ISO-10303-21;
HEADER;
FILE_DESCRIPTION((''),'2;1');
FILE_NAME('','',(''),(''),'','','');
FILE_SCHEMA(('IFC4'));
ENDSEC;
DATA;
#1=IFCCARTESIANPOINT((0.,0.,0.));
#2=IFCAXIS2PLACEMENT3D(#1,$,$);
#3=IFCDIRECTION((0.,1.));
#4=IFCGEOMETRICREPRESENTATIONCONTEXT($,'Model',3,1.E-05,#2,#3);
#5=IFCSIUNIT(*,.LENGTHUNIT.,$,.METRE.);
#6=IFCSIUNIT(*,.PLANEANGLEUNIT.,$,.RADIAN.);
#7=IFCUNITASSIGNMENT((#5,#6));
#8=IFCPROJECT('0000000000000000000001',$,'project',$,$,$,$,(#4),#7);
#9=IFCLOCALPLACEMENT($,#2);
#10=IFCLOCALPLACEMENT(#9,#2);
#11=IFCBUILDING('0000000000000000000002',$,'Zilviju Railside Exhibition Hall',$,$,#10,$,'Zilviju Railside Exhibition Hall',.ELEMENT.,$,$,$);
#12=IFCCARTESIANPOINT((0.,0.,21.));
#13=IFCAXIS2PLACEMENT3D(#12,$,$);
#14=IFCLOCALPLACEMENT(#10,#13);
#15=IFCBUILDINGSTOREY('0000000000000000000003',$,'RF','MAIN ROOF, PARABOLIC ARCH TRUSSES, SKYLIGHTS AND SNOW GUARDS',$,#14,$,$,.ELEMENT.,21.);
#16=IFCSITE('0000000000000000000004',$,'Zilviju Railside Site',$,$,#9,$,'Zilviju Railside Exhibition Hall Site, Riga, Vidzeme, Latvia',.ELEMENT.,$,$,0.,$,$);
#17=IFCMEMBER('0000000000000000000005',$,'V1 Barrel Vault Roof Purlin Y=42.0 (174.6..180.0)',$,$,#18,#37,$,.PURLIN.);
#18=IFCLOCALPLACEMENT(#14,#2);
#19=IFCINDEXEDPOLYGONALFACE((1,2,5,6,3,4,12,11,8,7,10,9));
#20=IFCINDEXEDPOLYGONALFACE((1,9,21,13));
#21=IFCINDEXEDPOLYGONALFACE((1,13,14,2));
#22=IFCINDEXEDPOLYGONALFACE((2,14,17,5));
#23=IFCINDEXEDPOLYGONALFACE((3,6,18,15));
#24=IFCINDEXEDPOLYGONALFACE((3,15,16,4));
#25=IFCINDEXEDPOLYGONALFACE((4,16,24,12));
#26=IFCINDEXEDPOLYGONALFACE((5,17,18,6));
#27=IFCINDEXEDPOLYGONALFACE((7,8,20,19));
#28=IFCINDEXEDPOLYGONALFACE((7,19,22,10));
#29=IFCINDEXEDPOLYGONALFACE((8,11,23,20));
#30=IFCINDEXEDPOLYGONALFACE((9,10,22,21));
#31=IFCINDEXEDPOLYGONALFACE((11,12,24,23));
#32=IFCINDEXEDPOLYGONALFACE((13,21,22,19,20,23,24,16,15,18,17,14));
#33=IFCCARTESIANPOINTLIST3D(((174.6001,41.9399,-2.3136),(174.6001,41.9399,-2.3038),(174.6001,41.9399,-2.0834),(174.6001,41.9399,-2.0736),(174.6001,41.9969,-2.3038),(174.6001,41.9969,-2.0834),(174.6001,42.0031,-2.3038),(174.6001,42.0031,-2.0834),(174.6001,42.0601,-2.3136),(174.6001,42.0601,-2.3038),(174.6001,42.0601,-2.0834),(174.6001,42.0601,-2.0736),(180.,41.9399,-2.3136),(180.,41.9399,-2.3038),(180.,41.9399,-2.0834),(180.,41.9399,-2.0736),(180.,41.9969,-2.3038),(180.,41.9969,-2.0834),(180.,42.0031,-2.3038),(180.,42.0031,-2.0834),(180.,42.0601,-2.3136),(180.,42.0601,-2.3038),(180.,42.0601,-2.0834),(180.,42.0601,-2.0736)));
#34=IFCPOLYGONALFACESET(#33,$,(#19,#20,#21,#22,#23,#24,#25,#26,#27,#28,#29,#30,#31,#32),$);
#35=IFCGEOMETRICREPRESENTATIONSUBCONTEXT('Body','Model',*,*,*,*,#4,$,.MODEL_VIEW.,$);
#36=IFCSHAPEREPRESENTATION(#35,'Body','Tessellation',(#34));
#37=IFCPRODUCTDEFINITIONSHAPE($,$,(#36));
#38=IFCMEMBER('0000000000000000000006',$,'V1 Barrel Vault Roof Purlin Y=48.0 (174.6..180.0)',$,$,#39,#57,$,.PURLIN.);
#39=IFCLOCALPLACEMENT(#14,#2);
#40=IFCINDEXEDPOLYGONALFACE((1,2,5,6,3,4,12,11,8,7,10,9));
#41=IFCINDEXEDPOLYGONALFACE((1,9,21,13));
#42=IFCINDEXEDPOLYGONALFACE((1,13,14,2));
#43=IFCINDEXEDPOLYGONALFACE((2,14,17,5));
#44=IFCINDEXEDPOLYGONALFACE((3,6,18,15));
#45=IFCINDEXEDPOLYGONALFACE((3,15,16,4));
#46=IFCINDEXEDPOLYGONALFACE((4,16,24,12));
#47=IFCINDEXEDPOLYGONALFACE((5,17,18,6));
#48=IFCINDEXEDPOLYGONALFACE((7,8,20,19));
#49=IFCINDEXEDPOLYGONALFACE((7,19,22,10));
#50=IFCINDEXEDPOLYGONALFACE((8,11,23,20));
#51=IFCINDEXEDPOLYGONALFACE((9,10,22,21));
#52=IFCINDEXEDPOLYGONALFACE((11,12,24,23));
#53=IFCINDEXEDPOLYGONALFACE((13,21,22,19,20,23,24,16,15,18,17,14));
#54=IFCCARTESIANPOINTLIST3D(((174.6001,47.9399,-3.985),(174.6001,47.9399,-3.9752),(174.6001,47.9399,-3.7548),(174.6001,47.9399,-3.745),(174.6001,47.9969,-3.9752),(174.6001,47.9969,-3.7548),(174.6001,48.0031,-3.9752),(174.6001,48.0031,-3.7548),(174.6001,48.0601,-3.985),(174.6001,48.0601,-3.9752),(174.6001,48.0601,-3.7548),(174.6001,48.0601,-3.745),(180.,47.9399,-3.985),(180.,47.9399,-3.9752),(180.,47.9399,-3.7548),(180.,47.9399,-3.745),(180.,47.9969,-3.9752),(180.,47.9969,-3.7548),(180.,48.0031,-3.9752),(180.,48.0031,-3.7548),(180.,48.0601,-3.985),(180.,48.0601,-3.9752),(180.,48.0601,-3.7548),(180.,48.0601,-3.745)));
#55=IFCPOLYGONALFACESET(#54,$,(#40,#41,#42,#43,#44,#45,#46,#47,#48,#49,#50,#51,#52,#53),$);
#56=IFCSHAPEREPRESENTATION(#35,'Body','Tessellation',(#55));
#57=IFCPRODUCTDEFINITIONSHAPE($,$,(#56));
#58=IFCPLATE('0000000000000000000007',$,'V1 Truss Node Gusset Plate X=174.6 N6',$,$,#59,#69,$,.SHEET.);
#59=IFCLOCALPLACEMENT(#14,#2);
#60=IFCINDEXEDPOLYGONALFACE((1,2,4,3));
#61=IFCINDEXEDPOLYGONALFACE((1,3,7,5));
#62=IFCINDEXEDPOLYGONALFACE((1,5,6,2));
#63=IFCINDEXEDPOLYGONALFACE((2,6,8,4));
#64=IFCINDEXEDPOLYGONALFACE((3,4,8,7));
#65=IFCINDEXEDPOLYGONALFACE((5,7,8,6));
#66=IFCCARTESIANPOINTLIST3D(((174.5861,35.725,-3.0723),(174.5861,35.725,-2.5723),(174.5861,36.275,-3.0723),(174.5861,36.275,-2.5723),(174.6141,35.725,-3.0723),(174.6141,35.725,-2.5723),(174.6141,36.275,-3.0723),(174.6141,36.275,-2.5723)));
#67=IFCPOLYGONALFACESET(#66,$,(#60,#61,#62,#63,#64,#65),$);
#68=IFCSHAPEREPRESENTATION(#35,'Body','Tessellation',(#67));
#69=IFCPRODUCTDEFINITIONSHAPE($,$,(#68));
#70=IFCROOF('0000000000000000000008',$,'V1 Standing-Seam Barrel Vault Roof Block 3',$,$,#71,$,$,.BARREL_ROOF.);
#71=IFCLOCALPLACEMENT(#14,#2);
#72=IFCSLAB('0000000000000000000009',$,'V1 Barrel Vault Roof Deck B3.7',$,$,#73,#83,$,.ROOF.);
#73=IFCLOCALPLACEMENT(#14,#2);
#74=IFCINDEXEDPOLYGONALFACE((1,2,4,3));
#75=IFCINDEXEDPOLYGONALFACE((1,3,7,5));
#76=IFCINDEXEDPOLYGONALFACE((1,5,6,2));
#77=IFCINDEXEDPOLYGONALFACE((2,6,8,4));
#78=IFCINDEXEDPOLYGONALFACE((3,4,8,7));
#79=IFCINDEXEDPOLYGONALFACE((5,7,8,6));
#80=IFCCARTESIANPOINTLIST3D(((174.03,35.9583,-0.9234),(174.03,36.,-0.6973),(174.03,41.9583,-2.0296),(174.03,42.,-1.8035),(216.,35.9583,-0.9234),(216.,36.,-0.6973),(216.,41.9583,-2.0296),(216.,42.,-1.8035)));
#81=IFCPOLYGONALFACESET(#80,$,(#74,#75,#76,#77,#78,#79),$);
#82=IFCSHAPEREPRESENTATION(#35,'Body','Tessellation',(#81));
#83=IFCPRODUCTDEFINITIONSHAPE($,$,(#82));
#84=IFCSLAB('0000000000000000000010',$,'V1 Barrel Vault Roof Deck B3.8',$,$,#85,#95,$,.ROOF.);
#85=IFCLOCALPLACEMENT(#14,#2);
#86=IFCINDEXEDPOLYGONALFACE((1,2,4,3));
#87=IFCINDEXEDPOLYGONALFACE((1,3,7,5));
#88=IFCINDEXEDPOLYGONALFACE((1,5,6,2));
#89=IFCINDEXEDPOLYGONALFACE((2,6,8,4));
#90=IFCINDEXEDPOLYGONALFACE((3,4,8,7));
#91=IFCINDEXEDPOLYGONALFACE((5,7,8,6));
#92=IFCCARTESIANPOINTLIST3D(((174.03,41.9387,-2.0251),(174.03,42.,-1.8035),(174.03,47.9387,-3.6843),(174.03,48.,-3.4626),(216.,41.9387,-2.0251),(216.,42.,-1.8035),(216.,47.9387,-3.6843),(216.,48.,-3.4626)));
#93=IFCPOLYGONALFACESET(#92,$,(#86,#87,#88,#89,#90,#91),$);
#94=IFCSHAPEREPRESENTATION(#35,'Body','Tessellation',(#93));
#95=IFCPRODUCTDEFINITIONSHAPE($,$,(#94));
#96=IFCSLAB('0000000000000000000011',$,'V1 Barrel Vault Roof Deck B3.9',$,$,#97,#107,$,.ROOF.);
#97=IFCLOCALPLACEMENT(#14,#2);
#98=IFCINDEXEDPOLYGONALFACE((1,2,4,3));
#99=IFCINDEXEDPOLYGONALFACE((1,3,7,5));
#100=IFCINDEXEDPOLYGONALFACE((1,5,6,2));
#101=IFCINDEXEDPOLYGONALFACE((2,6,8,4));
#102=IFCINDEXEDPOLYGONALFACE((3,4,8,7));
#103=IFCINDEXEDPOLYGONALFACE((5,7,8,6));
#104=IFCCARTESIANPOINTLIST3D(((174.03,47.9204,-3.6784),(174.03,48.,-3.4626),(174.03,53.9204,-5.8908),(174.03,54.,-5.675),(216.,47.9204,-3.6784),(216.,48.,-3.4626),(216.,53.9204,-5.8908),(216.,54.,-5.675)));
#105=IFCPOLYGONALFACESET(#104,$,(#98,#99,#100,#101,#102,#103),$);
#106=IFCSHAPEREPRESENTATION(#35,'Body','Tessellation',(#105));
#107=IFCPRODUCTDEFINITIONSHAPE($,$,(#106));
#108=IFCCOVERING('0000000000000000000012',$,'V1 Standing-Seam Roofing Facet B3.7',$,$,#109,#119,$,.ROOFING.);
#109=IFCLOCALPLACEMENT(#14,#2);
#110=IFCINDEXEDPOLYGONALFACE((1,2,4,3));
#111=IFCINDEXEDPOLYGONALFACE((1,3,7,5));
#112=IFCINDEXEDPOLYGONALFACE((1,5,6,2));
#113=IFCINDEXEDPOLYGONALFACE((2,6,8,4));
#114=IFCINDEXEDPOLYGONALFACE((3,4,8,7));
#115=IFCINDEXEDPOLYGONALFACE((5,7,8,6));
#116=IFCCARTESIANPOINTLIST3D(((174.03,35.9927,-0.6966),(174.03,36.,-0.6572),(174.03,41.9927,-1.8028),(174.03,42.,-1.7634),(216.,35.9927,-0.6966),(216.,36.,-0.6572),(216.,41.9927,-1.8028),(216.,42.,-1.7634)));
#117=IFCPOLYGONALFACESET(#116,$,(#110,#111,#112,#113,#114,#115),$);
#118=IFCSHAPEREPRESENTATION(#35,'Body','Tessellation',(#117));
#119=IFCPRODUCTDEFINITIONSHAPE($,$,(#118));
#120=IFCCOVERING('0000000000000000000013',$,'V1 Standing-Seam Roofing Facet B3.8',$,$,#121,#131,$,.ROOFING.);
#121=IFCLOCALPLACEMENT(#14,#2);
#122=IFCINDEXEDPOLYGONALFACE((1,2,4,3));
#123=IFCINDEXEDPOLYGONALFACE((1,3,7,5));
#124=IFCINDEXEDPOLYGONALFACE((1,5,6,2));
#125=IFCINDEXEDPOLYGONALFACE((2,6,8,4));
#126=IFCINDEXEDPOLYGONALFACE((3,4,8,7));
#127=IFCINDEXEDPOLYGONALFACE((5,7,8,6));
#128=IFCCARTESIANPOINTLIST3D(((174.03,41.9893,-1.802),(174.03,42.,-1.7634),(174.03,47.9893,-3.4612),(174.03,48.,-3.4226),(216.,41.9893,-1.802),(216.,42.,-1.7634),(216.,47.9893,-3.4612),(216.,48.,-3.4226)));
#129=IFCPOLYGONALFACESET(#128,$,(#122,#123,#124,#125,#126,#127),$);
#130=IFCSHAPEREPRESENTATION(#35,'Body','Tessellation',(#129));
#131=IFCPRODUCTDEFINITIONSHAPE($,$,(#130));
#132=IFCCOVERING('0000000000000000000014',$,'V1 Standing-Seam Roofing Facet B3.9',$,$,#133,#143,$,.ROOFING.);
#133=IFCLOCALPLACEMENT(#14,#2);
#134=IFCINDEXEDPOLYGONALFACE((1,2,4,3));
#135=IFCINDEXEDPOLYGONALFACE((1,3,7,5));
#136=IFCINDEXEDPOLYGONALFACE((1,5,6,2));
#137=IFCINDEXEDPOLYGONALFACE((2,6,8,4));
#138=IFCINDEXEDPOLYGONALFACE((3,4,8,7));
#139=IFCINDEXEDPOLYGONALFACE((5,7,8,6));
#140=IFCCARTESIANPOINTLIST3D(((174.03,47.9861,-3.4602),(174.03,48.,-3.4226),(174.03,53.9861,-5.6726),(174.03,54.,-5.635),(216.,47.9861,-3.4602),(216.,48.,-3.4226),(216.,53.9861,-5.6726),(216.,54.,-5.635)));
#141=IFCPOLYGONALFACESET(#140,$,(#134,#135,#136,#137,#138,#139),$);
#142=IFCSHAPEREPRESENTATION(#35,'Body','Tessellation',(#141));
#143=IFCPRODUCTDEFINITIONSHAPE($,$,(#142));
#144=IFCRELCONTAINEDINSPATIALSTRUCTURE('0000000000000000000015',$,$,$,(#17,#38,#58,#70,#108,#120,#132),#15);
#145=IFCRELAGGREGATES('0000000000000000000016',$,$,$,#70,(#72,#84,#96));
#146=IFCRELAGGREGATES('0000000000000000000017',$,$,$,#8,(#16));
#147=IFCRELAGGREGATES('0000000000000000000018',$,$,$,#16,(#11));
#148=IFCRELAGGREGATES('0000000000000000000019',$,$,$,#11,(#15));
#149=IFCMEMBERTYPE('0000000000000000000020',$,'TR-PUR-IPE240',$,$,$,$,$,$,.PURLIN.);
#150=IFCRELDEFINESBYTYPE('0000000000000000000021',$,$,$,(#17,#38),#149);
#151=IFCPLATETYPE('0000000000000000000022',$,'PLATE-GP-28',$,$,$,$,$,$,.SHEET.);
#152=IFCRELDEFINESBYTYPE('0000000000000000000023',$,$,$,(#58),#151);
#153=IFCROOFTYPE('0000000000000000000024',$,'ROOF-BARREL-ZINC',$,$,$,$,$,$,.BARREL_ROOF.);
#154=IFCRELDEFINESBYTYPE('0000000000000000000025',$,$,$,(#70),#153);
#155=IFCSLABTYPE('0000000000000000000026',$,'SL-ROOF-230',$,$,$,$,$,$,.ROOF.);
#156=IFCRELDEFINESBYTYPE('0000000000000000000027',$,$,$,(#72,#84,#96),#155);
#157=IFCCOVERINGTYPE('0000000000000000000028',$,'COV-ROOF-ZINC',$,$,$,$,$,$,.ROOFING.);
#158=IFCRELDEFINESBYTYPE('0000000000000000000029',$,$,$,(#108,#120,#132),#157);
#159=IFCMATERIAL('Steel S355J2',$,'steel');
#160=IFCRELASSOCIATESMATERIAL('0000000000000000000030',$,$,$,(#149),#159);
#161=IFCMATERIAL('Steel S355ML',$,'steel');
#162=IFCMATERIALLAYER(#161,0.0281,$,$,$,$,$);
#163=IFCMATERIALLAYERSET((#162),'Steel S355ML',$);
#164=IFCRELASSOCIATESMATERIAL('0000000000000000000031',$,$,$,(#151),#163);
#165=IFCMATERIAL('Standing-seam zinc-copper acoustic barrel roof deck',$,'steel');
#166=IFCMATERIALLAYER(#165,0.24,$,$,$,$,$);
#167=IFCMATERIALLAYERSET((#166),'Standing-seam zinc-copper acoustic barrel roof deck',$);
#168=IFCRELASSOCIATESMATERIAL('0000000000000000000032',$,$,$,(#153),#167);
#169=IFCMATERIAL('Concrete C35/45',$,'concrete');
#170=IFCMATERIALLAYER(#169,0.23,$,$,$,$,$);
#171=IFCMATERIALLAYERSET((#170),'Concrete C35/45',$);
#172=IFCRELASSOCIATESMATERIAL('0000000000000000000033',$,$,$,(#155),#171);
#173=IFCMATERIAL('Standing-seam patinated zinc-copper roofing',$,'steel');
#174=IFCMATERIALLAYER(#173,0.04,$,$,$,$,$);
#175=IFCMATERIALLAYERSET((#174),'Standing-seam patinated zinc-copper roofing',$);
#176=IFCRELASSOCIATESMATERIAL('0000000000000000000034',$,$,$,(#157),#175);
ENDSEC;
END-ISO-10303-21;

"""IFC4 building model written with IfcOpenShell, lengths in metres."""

from ifc_helpers import new_model, si_unit, direction, frame, origin, origin_2d, place, context, subcontext, project, spatial, polyline, rectangle, i_section, outline, extrude, material, layer, layer_set, material_profile, profile_set, type_object, element, aggregate, save


model = new_model("IFC4")

# Units and contexts
model_context = context("Model", 3, precision=1e-05, world=origin(), true_north=direction((0.0, 1.0)))
body_context = subcontext(model_context, "Body", "Model", "MODEL_VIEW")
ifc_project = project(units=[si_unit("LENGTHUNIT", "METRE"), si_unit("PLANEANGLEUNIT", "RADIAN")], contexts=[model_context])

# Site, building, storey
site_placement = place(None, origin())
site = spatial("IfcSite", under=ifc_project, at=site_placement, Name="Zilviju Railside Site", LongName="Zilviju Railside Exhibition Hall Site, Riga, Vidzeme, Latvia", CompositionType="ELEMENT", RefElevation=0.0)
building_placement = place(site_placement, origin())
building = spatial("IfcBuilding", under=site, at=building_placement, Name="Zilviju Railside Exhibition Hall", LongName="Zilviju Railside Exhibition Hall", CompositionType="ELEMENT")
storey_placement = place(building_placement, frame((0.0, 0.0, 21.0)))
storey = spatial("IfcBuildingStorey", under=building, at=storey_placement, Name="RF", Description="MAIN ROOF, PARABOLIC ARCH TRUSSES, SKYLIGHTS AND SNOW GUARDS", CompositionType="ELEMENT", Elevation=21.0)

# Members
ifc_material_1 = material(Name="Steel S355J2", Category="steel")
ifc_material_profile_1 = material_profile(ifc_material_1, i_section(OverallWidth=0.1201, OverallDepth=0.24, WebThickness=0.0061, FlangeThickness=0.0098, at=origin_2d()), Name="IPE 240")
ifc_profile_set_1 = profile_set([ifc_material_profile_1], Name="Steel S355J2")
member_type_1 = type_object("IfcMemberType", Name="TR-PUR-IPE240", PredefinedType="PURLIN", material=ifc_profile_set_1)
for number, where, z_axis, x_axis, name in (
    (1, (174.6001, 42.0, -2.1936), (1.0, 0.0, 0.0), (0.0, 1.0, 0.0), "V1 Barrel Vault Roof Purlin Y=42.0 (174.6..180.0)"),
    (2, (174.6001, 48.0, -3.865), (1.0, 0.0, 0.0), (0.0, 1.0, 0.0), "V1 Barrel Vault Roof Purlin Y=48.0 (174.6..180.0)"),
):
    element("IfcMember", number, at=place(storey_placement, frame(where, z_axis=z_axis, x_axis=x_axis)), inside=storey, type_object=member_type_1, Name=name, PredefinedType="PURLIN", context=body_context, shape_type="SweptSolid", body=[
        extrude(i_section(OverallWidth=0.1201, OverallDepth=0.24, WebThickness=0.0061, FlangeThickness=0.0098, at=origin_2d()), origin(), (0.0, 0.0, 1.0), 5.3999),
    ])

# Plate
ifc_material_2 = material(Name="Steel S355ML", Category="steel")
ifc_layer_1 = layer(ifc_material_2, 0.0281)
ifc_layer_set_1 = layer_set([ifc_layer_1], Name="Steel S355ML")
plate_type = type_object("IfcPlateType", Name="PLATE-GP-28", PredefinedType="SHEET", material=ifc_layer_set_1)
plate_placement = place(storey_placement, frame((174.6001, 36.0, -3.0723), z_axis=(0.0, 0.0, 1.0), x_axis=(1.0, 0.0, 0.0)))
element("IfcPlate", 3, at=plate_placement, inside=storey, type_object=plate_type, Name="V1 Truss Node Gusset Plate X=174.6 N6", PredefinedType="SHEET", context=body_context, shape_type="SweptSolid", body=[
    extrude(rectangle(XDim=0.0281, YDim=0.55, at=origin_2d()), origin(), (0.0, 0.0, 1.0), 0.5),
])

# Roof, slabs
ifc_material_3 = material(Name="Standing-seam zinc-copper acoustic barrel roof deck", Category="steel")
ifc_layer_2 = layer(ifc_material_3, 0.24)
ifc_layer_set_2 = layer_set([ifc_layer_2], Name="Standing-seam zinc-copper acoustic barrel roof deck")
roof_type = type_object("IfcRoofType", Name="ROOF-BARREL-ZINC", PredefinedType="BARREL_ROOF", material=ifc_layer_set_2)
roof_placement = place(storey_placement, origin())
roof = element("IfcRoof", 4, at=roof_placement, inside=storey, type_object=roof_type, Name="V1 Standing-Seam Barrel Vault Roof Block 3", PredefinedType="BARREL_ROOF")
ifc_material_4 = material(Name="Concrete C35/45", Category="concrete")
ifc_layer_3 = layer(ifc_material_4, 0.23)
ifc_layer_set_3 = layer_set([ifc_layer_3], Name="Concrete C35/45")
slab_type = type_object("IfcSlabType", Name="SL-ROOF-230", PredefinedType="ROOF", material=ifc_layer_set_3)
slab_1_placement = place(storey_placement, frame((174.03, 36.0, -0.6973), z_axis=(0.0, 0.181311, 0.983426), x_axis=(1.0, 0.0, 0.0)))
slab_1 = element("IfcSlab", 5, at=slab_1_placement, type_object=slab_type, Name="V1 Barrel Vault Roof Deck B3.7", PredefinedType="ROOF", context=body_context, shape_type="SweptSolid", body=[
    extrude(outline(polyline([(0.0, 0.0), (41.97, 0.0), (41.97, 6.1011), (0.0, 6.1011), (0.0, 0.0)])), origin(), (0.0, 0.0, -1.0), 0.23),
])
slab_2_placement = place(storey_placement, frame((174.03, 42.0, -1.8035), z_axis=(0.0, 0.266527, 0.963827), x_axis=(1.0, 0.0, 0.0)))
slab_2 = element("IfcSlab", 6, at=slab_2_placement, type_object=slab_type, Name="V1 Barrel Vault Roof Deck B3.8", PredefinedType="ROOF", context=body_context, shape_type="SweptSolid", body=[
    extrude(outline(polyline([(0.0, 0.0), (41.97, 0.0), (41.97, 6.2252), (0.0, 6.2252), (0.0, 0.0)])), origin(), (0.0, 0.0, -1.0), 0.23),
])
slab_3_placement = place(storey_placement, frame((174.03, 48.0, -3.4626), z_axis=(0.0, 0.345964, 0.938248), x_axis=(1.0, 0.0, 0.0)))
slab_3 = element("IfcSlab", 7, at=slab_3_placement, type_object=slab_type, Name="V1 Barrel Vault Roof Deck B3.9", PredefinedType="ROOF", context=body_context, shape_type="SweptSolid", body=[
    extrude(outline(polyline([(0.0, 0.0), (41.97, 0.0), (41.97, 6.3949), (0.0, 6.3949), (0.0, 0.0)])), origin(), (0.0, 0.0, -1.0), 0.23),
])
aggregate(roof, [slab_1, slab_2, slab_3])

# Coverings
ifc_material_5 = material(Name="Standing-seam patinated zinc-copper roofing", Category="steel")
ifc_layer_4 = layer(ifc_material_5, 0.04)
ifc_layer_set_4 = layer_set([ifc_layer_4], Name="Standing-seam patinated zinc-copper roofing")
covering_type = type_object("IfcCoveringType", Name="COV-ROOF-ZINC", PredefinedType="ROOFING", material=ifc_layer_set_4)
covering_1_placement = place(storey_placement, frame((174.03, 36.0, -0.6572), z_axis=(0.0, 0.181311, 0.983426), x_axis=(1.0, 0.0, 0.0)))
element("IfcCovering", 8, at=covering_1_placement, inside=storey, type_object=covering_type, Name="V1 Standing-Seam Roofing Facet B3.7", PredefinedType="ROOFING", context=body_context, shape_type="SweptSolid", body=[
    extrude(outline(polyline([(0.0, 0.0), (41.97, 0.0), (41.97, 6.1011), (0.0, 6.1011), (0.0, 0.0)])), origin(), (0.0, 0.0, -1.0), 0.04),
])
covering_2_placement = place(storey_placement, frame((174.03, 42.0, -1.7634), z_axis=(0.0, 0.266527, 0.963827), x_axis=(1.0, 0.0, 0.0)))
element("IfcCovering", 9, at=covering_2_placement, inside=storey, type_object=covering_type, Name="V1 Standing-Seam Roofing Facet B3.8", PredefinedType="ROOFING", context=body_context, shape_type="SweptSolid", body=[
    extrude(outline(polyline([(0.0, 0.0), (41.97, 0.0), (41.97, 6.2252), (0.0, 6.2252), (0.0, 0.0)])), origin(), (0.0, 0.0, -1.0), 0.04),
])
covering_3_placement = place(storey_placement, frame((174.03, 48.0, -3.4226), z_axis=(0.0, 0.345964, 0.938248), x_axis=(1.0, 0.0, 0.0)))
element("IfcCovering", 10, at=covering_3_placement, inside=storey, type_object=covering_type, Name="V1 Standing-Seam Roofing Facet B3.9", PredefinedType="ROOFING", context=body_context, shape_type="SweptSolid", body=[
    extrude(outline(polyline([(0.0, 0.0), (41.97, 0.0), (41.97, 6.3949), (0.0, 6.3949), (0.0, 0.0)])), origin(), (0.0, 0.0, -1.0), 0.04),
])

save(model, "model.ifc")
